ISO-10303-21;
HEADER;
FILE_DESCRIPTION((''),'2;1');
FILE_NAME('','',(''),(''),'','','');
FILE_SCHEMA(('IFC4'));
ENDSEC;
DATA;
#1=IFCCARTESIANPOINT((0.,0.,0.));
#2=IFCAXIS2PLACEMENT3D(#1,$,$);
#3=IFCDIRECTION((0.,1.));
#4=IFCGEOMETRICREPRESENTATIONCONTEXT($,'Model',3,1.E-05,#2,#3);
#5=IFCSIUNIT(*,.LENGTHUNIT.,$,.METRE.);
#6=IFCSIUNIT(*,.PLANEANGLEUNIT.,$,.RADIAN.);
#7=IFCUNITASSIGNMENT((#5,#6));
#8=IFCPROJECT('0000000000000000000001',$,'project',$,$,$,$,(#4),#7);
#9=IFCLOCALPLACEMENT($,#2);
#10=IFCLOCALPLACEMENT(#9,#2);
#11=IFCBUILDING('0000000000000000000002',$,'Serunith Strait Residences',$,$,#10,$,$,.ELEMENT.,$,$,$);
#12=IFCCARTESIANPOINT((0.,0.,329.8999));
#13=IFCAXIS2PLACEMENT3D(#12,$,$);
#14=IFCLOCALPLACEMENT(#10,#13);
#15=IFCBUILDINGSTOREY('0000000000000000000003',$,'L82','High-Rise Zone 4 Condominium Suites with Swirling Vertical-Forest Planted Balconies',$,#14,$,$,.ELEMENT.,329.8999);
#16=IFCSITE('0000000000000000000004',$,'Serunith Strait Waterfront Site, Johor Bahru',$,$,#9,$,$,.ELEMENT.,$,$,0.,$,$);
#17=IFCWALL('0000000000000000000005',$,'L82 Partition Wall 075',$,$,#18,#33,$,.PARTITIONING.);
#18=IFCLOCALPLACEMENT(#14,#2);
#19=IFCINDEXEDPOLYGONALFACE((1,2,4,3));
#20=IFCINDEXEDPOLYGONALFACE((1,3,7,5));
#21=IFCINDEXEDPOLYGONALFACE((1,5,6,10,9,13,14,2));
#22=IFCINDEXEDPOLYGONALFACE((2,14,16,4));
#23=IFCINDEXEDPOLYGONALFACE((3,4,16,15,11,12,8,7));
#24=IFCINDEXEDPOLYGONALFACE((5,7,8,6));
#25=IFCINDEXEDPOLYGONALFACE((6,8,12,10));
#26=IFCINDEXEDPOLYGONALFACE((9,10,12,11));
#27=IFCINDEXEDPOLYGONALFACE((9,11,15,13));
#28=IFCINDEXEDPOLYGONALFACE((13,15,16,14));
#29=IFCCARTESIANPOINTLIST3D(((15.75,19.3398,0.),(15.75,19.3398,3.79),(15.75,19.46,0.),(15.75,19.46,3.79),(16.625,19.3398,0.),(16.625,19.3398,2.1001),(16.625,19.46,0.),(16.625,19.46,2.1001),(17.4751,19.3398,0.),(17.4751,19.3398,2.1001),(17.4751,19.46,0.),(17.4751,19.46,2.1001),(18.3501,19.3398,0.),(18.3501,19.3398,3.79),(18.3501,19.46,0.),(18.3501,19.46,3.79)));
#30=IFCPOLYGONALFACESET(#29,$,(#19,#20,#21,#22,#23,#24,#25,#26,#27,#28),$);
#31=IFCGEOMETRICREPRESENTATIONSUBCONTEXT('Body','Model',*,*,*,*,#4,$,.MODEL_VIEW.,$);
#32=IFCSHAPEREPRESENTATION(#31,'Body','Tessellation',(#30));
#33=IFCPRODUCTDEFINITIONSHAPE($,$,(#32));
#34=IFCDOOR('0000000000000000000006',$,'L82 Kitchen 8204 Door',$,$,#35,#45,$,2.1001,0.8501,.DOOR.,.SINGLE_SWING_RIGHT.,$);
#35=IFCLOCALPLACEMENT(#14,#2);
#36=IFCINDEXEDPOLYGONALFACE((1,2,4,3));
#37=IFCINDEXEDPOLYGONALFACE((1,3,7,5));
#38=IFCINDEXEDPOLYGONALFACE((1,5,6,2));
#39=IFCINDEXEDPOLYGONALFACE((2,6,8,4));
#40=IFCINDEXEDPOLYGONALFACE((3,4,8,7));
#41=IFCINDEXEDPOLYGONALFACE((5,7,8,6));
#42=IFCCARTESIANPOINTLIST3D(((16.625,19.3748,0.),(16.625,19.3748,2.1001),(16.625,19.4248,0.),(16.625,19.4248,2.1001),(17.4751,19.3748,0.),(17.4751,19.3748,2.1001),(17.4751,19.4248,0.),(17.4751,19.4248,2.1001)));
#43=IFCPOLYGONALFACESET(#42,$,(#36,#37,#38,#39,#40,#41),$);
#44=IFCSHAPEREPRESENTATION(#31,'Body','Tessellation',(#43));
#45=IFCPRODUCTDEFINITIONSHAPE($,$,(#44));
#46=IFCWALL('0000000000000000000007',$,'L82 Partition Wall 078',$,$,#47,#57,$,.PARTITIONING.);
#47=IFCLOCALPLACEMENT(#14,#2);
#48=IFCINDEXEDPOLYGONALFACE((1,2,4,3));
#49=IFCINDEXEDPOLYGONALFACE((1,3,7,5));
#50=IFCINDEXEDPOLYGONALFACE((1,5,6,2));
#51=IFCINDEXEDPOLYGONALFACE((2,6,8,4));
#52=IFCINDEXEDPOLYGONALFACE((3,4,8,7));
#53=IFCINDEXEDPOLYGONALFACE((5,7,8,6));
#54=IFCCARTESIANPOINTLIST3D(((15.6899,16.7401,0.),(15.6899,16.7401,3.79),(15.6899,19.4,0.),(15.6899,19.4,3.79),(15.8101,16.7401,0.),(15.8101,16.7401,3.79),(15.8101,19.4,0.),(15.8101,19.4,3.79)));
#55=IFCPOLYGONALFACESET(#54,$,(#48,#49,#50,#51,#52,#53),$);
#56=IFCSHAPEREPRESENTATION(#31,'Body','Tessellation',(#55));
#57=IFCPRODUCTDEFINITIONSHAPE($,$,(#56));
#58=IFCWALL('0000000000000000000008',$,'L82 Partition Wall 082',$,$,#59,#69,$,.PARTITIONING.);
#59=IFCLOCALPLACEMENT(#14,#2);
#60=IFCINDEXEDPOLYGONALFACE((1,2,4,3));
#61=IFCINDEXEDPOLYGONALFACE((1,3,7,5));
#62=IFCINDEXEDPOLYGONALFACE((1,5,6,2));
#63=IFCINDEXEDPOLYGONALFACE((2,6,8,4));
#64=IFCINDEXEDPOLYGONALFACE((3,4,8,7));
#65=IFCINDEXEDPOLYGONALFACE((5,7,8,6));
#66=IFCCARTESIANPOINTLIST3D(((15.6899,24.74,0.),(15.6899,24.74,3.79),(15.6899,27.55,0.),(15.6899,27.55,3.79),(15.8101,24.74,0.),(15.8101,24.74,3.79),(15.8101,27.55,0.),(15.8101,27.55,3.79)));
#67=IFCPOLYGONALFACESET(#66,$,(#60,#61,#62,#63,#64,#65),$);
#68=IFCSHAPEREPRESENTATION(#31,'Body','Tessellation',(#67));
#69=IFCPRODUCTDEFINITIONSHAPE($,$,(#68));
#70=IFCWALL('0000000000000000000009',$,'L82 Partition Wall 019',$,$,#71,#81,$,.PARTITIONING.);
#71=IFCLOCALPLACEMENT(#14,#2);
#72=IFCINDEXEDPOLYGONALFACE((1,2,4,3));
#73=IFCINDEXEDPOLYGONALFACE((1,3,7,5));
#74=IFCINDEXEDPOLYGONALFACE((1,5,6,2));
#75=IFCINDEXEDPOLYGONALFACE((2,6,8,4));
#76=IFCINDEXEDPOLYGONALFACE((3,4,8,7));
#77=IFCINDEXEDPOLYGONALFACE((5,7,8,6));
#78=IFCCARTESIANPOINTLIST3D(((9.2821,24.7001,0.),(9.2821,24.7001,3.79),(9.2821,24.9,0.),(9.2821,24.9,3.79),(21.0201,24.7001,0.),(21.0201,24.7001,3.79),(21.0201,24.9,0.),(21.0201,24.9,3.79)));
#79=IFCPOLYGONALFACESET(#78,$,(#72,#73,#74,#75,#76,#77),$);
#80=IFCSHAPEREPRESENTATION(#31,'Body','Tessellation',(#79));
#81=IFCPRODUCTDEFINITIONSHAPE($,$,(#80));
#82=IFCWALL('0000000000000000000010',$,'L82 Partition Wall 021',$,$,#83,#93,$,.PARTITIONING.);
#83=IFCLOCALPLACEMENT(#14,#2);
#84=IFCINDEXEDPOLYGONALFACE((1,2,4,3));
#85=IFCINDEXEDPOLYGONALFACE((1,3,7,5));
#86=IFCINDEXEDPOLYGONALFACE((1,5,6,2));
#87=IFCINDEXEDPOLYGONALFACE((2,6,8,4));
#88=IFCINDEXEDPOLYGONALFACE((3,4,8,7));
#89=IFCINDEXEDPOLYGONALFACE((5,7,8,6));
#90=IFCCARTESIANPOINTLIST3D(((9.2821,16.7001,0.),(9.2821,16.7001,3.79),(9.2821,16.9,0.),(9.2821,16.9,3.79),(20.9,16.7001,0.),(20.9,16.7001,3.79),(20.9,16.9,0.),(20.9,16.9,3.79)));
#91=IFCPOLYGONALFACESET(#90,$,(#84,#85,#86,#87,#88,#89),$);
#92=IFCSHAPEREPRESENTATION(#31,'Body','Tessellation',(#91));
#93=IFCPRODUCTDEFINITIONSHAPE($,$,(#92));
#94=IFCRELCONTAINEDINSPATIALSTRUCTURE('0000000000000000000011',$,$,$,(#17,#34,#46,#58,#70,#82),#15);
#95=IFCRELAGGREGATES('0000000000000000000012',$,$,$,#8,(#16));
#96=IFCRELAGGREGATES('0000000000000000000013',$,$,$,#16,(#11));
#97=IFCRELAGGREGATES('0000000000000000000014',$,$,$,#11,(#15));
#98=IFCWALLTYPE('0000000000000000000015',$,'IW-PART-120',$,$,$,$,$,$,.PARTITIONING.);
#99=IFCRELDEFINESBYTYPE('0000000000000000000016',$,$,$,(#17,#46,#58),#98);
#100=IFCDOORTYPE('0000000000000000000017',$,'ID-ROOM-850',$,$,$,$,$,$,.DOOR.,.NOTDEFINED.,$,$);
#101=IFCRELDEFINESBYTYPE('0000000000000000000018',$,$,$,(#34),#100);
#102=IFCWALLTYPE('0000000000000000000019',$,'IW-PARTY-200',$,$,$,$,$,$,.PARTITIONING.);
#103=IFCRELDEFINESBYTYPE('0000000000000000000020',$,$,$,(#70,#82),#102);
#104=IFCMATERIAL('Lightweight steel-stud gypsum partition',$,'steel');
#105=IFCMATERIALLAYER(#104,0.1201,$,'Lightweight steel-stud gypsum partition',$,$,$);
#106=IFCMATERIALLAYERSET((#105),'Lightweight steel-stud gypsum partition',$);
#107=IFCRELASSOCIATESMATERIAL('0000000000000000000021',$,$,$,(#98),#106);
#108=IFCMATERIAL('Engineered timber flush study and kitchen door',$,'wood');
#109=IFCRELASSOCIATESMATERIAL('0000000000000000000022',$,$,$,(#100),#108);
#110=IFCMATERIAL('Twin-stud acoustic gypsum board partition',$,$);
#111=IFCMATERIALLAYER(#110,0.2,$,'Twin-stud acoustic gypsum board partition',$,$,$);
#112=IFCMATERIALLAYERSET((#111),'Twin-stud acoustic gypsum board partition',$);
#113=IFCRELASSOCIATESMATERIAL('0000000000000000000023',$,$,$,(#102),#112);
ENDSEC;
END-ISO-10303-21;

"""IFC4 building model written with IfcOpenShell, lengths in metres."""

from ifc_helpers import new_model, si_unit, direction, frame, frame_2d, origin, place, context, subcontext, project, spatial, rectangle, extrude, source, transform, mapped, material, layer, layer_set, type_object, element, fill, save


model = new_model("IFC4")

# Units and contexts
model_context = context("Model", 3, precision=1e-05, world=origin(), true_north=direction((0.0, 1.0)))
body_context = subcontext(model_context, "Body", "Model", "MODEL_VIEW")
ifc_project = project(units=[si_unit("LENGTHUNIT", "METRE"), si_unit("PLANEANGLEUNIT", "RADIAN")], contexts=[model_context])

# Site, building, storey
site_placement = place(None, origin())
site = spatial("IfcSite", under=ifc_project, at=site_placement, Name="Serunith Strait Waterfront Site, Johor Bahru", CompositionType="ELEMENT", RefElevation=0.0)
building_placement = place(site_placement, origin())
building = spatial("IfcBuilding", under=site, at=building_placement, Name="Serunith Strait Residences", CompositionType="ELEMENT")
storey_placement = place(building_placement, frame((0.0, 0.0, 329.8999)))
storey = spatial("IfcBuildingStorey", under=building, at=storey_placement, Name="L82", Description="High-Rise Zone 4 Condominium Suites with Swirling Vertical-Forest Planted Balconies", CompositionType="ELEMENT", Elevation=329.8999)

# Wall, opening, door
ifc_material_1 = material(Name="Lightweight steel-stud gypsum partition", Category="steel")
ifc_layer_1 = layer(ifc_material_1, 0.1201, Name="Lightweight steel-stud gypsum partition")
ifc_layer_set_1 = layer_set([ifc_layer_1], Name="Lightweight steel-stud gypsum partition")
wall_type_1 = type_object("IfcWallType", Name="IW-PART-120", PredefinedType="PARTITIONING", material=ifc_layer_set_1)
wall_1_placement = place(storey_placement, frame((15.75, 19.3999, 0.0), z_axis=(0.0, 0.0, 1.0), x_axis=(1.0, 0.0, 0.0)))
wall_1 = element("IfcWall", 1, at=wall_1_placement, inside=storey, type_object=wall_type_1, Name="L82 Partition Wall 075", PredefinedType="PARTITIONING", context=body_context, shape_type="SweptSolid", body=[
    extrude(rectangle(XDim=2.6001, YDim=0.1201, at=frame_2d((1.3, 0.0))), origin(), (0.0, 0.0, 1.0), 3.79),
])
opening_placement = place(wall_1_placement, frame((0.875, 0.0, 0.0)))
opening = element("IfcOpeningElement", 2, at=opening_placement, cuts=wall_1, PredefinedType="OPENING", context=body_context, shape_type="SweptSolid", body=[
    extrude(rectangle(XDim=0.8501, YDim=2.1001, at=frame_2d((0.425, 1.05))), frame((0.0, 0.0701, 0.0), z_axis=(0.0, -1.0, 0.0), x_axis=(1.0, 0.0, 0.0)), (0.0, 0.0, 1.0), 0.1401),
])
ifc_material_2 = material(Name="Engineered timber flush study and kitchen door", Category="wood")
door_type = type_object("IfcDoorType", Name="ID-ROOM-850", OperationType="NOTDEFINED", PredefinedType="DOOR", material=ifc_material_2)
shared_shape_1 = source(origin(), body_context, "Body", "SweptSolid", [
    extrude(rectangle(XDim=0.8501, YDim=2.1001, at=frame_2d((0.425, 1.05))), frame((0.0, 0.0249, 0.0), z_axis=(0.0, -1.0, 0.0), x_axis=(1.0, 0.0, 0.0)), (0.0, 0.0, 1.0), 0.05),
])
door_placement = place(opening_placement, origin())
door = element("IfcDoor", 3, at=door_placement, inside=storey, type_object=door_type, Name="L82 Kitchen 8204 Door", OperationType="SINGLE_SWING_RIGHT", OverallHeight=2.1001, OverallWidth=0.8501, PredefinedType="DOOR", context=body_context, shape_type="MappedRepresentation", body=[
    mapped(shared_shape_1, transform((0.0, 0.0, 0.0), scale=1.0)),
])
fill(opening, door)

# Walls
wall_2_placement = place(storey_placement, frame((15.75, 16.74, 0.0), z_axis=(0.0, 0.0, 1.0), x_axis=(0.0, 1.0, 0.0)))
element("IfcWall", 4, at=wall_2_placement, inside=storey, type_object=wall_type_1, Name="L82 Partition Wall 078", PredefinedType="PARTITIONING", context=body_context, shape_type="SweptSolid", body=[
    extrude(rectangle(XDim=2.6599, YDim=0.1201, at=frame_2d((1.3301, 0.0))), origin(), (0.0, 0.0, 1.0), 3.79),
])
wall_3_placement = place(storey_placement, frame((15.75, 24.74, 0.0), z_axis=(0.0, 0.0, 1.0), x_axis=(0.0, 1.0, 0.0)))
element("IfcWall", 5, at=wall_3_placement, inside=storey, type_object=wall_type_1, Name="L82 Partition Wall 082", PredefinedType="PARTITIONING", context=body_context, shape_type="SweptSolid", body=[
    extrude(rectangle(XDim=2.8101, YDim=0.1201, at=frame_2d((1.405, 0.0))), origin(), (0.0, 0.0, 1.0), 3.79),
])
ifc_material_3 = material(Name="Twin-stud acoustic gypsum board partition")
ifc_layer_2 = layer(ifc_material_3, 0.2, Name="Twin-stud acoustic gypsum board partition")
ifc_layer_set_2 = layer_set([ifc_layer_2], Name="Twin-stud acoustic gypsum board partition")
wall_type_2 = type_object("IfcWallType", Name="IW-PARTY-200", PredefinedType="PARTITIONING", material=ifc_layer_set_2)
wall_4_placement = place(storey_placement, frame((9.282, 24.8, 0.0), z_axis=(0.0, 0.0, 1.0), x_axis=(1.0, 0.0, 0.0)))
element("IfcWall", 6, at=wall_4_placement, inside=storey, type_object=wall_type_2, Name="L82 Partition Wall 019", PredefinedType="PARTITIONING", context=body_context, shape_type="SweptSolid", body=[
    extrude(rectangle(XDim=11.738, YDim=0.2, at=frame_2d((5.8691, 0.0))), origin(), (0.0, 0.0, 1.0), 3.79),
])
wall_5_placement = place(storey_placement, frame((9.282, 16.8, 0.0), z_axis=(0.0, 0.0, 1.0), x_axis=(1.0, 0.0, 0.0)))
element("IfcWall", 7, at=wall_5_placement, inside=storey, type_object=wall_type_2, Name="L82 Partition Wall 021", PredefinedType="PARTITIONING", context=body_context, shape_type="SweptSolid", body=[
    extrude(rectangle(XDim=11.6179, YDim=0.2, at=frame_2d((5.8091, 0.0))), origin(), (0.0, 0.0, 1.0), 3.79),
])

save(model, "model.ifc")
